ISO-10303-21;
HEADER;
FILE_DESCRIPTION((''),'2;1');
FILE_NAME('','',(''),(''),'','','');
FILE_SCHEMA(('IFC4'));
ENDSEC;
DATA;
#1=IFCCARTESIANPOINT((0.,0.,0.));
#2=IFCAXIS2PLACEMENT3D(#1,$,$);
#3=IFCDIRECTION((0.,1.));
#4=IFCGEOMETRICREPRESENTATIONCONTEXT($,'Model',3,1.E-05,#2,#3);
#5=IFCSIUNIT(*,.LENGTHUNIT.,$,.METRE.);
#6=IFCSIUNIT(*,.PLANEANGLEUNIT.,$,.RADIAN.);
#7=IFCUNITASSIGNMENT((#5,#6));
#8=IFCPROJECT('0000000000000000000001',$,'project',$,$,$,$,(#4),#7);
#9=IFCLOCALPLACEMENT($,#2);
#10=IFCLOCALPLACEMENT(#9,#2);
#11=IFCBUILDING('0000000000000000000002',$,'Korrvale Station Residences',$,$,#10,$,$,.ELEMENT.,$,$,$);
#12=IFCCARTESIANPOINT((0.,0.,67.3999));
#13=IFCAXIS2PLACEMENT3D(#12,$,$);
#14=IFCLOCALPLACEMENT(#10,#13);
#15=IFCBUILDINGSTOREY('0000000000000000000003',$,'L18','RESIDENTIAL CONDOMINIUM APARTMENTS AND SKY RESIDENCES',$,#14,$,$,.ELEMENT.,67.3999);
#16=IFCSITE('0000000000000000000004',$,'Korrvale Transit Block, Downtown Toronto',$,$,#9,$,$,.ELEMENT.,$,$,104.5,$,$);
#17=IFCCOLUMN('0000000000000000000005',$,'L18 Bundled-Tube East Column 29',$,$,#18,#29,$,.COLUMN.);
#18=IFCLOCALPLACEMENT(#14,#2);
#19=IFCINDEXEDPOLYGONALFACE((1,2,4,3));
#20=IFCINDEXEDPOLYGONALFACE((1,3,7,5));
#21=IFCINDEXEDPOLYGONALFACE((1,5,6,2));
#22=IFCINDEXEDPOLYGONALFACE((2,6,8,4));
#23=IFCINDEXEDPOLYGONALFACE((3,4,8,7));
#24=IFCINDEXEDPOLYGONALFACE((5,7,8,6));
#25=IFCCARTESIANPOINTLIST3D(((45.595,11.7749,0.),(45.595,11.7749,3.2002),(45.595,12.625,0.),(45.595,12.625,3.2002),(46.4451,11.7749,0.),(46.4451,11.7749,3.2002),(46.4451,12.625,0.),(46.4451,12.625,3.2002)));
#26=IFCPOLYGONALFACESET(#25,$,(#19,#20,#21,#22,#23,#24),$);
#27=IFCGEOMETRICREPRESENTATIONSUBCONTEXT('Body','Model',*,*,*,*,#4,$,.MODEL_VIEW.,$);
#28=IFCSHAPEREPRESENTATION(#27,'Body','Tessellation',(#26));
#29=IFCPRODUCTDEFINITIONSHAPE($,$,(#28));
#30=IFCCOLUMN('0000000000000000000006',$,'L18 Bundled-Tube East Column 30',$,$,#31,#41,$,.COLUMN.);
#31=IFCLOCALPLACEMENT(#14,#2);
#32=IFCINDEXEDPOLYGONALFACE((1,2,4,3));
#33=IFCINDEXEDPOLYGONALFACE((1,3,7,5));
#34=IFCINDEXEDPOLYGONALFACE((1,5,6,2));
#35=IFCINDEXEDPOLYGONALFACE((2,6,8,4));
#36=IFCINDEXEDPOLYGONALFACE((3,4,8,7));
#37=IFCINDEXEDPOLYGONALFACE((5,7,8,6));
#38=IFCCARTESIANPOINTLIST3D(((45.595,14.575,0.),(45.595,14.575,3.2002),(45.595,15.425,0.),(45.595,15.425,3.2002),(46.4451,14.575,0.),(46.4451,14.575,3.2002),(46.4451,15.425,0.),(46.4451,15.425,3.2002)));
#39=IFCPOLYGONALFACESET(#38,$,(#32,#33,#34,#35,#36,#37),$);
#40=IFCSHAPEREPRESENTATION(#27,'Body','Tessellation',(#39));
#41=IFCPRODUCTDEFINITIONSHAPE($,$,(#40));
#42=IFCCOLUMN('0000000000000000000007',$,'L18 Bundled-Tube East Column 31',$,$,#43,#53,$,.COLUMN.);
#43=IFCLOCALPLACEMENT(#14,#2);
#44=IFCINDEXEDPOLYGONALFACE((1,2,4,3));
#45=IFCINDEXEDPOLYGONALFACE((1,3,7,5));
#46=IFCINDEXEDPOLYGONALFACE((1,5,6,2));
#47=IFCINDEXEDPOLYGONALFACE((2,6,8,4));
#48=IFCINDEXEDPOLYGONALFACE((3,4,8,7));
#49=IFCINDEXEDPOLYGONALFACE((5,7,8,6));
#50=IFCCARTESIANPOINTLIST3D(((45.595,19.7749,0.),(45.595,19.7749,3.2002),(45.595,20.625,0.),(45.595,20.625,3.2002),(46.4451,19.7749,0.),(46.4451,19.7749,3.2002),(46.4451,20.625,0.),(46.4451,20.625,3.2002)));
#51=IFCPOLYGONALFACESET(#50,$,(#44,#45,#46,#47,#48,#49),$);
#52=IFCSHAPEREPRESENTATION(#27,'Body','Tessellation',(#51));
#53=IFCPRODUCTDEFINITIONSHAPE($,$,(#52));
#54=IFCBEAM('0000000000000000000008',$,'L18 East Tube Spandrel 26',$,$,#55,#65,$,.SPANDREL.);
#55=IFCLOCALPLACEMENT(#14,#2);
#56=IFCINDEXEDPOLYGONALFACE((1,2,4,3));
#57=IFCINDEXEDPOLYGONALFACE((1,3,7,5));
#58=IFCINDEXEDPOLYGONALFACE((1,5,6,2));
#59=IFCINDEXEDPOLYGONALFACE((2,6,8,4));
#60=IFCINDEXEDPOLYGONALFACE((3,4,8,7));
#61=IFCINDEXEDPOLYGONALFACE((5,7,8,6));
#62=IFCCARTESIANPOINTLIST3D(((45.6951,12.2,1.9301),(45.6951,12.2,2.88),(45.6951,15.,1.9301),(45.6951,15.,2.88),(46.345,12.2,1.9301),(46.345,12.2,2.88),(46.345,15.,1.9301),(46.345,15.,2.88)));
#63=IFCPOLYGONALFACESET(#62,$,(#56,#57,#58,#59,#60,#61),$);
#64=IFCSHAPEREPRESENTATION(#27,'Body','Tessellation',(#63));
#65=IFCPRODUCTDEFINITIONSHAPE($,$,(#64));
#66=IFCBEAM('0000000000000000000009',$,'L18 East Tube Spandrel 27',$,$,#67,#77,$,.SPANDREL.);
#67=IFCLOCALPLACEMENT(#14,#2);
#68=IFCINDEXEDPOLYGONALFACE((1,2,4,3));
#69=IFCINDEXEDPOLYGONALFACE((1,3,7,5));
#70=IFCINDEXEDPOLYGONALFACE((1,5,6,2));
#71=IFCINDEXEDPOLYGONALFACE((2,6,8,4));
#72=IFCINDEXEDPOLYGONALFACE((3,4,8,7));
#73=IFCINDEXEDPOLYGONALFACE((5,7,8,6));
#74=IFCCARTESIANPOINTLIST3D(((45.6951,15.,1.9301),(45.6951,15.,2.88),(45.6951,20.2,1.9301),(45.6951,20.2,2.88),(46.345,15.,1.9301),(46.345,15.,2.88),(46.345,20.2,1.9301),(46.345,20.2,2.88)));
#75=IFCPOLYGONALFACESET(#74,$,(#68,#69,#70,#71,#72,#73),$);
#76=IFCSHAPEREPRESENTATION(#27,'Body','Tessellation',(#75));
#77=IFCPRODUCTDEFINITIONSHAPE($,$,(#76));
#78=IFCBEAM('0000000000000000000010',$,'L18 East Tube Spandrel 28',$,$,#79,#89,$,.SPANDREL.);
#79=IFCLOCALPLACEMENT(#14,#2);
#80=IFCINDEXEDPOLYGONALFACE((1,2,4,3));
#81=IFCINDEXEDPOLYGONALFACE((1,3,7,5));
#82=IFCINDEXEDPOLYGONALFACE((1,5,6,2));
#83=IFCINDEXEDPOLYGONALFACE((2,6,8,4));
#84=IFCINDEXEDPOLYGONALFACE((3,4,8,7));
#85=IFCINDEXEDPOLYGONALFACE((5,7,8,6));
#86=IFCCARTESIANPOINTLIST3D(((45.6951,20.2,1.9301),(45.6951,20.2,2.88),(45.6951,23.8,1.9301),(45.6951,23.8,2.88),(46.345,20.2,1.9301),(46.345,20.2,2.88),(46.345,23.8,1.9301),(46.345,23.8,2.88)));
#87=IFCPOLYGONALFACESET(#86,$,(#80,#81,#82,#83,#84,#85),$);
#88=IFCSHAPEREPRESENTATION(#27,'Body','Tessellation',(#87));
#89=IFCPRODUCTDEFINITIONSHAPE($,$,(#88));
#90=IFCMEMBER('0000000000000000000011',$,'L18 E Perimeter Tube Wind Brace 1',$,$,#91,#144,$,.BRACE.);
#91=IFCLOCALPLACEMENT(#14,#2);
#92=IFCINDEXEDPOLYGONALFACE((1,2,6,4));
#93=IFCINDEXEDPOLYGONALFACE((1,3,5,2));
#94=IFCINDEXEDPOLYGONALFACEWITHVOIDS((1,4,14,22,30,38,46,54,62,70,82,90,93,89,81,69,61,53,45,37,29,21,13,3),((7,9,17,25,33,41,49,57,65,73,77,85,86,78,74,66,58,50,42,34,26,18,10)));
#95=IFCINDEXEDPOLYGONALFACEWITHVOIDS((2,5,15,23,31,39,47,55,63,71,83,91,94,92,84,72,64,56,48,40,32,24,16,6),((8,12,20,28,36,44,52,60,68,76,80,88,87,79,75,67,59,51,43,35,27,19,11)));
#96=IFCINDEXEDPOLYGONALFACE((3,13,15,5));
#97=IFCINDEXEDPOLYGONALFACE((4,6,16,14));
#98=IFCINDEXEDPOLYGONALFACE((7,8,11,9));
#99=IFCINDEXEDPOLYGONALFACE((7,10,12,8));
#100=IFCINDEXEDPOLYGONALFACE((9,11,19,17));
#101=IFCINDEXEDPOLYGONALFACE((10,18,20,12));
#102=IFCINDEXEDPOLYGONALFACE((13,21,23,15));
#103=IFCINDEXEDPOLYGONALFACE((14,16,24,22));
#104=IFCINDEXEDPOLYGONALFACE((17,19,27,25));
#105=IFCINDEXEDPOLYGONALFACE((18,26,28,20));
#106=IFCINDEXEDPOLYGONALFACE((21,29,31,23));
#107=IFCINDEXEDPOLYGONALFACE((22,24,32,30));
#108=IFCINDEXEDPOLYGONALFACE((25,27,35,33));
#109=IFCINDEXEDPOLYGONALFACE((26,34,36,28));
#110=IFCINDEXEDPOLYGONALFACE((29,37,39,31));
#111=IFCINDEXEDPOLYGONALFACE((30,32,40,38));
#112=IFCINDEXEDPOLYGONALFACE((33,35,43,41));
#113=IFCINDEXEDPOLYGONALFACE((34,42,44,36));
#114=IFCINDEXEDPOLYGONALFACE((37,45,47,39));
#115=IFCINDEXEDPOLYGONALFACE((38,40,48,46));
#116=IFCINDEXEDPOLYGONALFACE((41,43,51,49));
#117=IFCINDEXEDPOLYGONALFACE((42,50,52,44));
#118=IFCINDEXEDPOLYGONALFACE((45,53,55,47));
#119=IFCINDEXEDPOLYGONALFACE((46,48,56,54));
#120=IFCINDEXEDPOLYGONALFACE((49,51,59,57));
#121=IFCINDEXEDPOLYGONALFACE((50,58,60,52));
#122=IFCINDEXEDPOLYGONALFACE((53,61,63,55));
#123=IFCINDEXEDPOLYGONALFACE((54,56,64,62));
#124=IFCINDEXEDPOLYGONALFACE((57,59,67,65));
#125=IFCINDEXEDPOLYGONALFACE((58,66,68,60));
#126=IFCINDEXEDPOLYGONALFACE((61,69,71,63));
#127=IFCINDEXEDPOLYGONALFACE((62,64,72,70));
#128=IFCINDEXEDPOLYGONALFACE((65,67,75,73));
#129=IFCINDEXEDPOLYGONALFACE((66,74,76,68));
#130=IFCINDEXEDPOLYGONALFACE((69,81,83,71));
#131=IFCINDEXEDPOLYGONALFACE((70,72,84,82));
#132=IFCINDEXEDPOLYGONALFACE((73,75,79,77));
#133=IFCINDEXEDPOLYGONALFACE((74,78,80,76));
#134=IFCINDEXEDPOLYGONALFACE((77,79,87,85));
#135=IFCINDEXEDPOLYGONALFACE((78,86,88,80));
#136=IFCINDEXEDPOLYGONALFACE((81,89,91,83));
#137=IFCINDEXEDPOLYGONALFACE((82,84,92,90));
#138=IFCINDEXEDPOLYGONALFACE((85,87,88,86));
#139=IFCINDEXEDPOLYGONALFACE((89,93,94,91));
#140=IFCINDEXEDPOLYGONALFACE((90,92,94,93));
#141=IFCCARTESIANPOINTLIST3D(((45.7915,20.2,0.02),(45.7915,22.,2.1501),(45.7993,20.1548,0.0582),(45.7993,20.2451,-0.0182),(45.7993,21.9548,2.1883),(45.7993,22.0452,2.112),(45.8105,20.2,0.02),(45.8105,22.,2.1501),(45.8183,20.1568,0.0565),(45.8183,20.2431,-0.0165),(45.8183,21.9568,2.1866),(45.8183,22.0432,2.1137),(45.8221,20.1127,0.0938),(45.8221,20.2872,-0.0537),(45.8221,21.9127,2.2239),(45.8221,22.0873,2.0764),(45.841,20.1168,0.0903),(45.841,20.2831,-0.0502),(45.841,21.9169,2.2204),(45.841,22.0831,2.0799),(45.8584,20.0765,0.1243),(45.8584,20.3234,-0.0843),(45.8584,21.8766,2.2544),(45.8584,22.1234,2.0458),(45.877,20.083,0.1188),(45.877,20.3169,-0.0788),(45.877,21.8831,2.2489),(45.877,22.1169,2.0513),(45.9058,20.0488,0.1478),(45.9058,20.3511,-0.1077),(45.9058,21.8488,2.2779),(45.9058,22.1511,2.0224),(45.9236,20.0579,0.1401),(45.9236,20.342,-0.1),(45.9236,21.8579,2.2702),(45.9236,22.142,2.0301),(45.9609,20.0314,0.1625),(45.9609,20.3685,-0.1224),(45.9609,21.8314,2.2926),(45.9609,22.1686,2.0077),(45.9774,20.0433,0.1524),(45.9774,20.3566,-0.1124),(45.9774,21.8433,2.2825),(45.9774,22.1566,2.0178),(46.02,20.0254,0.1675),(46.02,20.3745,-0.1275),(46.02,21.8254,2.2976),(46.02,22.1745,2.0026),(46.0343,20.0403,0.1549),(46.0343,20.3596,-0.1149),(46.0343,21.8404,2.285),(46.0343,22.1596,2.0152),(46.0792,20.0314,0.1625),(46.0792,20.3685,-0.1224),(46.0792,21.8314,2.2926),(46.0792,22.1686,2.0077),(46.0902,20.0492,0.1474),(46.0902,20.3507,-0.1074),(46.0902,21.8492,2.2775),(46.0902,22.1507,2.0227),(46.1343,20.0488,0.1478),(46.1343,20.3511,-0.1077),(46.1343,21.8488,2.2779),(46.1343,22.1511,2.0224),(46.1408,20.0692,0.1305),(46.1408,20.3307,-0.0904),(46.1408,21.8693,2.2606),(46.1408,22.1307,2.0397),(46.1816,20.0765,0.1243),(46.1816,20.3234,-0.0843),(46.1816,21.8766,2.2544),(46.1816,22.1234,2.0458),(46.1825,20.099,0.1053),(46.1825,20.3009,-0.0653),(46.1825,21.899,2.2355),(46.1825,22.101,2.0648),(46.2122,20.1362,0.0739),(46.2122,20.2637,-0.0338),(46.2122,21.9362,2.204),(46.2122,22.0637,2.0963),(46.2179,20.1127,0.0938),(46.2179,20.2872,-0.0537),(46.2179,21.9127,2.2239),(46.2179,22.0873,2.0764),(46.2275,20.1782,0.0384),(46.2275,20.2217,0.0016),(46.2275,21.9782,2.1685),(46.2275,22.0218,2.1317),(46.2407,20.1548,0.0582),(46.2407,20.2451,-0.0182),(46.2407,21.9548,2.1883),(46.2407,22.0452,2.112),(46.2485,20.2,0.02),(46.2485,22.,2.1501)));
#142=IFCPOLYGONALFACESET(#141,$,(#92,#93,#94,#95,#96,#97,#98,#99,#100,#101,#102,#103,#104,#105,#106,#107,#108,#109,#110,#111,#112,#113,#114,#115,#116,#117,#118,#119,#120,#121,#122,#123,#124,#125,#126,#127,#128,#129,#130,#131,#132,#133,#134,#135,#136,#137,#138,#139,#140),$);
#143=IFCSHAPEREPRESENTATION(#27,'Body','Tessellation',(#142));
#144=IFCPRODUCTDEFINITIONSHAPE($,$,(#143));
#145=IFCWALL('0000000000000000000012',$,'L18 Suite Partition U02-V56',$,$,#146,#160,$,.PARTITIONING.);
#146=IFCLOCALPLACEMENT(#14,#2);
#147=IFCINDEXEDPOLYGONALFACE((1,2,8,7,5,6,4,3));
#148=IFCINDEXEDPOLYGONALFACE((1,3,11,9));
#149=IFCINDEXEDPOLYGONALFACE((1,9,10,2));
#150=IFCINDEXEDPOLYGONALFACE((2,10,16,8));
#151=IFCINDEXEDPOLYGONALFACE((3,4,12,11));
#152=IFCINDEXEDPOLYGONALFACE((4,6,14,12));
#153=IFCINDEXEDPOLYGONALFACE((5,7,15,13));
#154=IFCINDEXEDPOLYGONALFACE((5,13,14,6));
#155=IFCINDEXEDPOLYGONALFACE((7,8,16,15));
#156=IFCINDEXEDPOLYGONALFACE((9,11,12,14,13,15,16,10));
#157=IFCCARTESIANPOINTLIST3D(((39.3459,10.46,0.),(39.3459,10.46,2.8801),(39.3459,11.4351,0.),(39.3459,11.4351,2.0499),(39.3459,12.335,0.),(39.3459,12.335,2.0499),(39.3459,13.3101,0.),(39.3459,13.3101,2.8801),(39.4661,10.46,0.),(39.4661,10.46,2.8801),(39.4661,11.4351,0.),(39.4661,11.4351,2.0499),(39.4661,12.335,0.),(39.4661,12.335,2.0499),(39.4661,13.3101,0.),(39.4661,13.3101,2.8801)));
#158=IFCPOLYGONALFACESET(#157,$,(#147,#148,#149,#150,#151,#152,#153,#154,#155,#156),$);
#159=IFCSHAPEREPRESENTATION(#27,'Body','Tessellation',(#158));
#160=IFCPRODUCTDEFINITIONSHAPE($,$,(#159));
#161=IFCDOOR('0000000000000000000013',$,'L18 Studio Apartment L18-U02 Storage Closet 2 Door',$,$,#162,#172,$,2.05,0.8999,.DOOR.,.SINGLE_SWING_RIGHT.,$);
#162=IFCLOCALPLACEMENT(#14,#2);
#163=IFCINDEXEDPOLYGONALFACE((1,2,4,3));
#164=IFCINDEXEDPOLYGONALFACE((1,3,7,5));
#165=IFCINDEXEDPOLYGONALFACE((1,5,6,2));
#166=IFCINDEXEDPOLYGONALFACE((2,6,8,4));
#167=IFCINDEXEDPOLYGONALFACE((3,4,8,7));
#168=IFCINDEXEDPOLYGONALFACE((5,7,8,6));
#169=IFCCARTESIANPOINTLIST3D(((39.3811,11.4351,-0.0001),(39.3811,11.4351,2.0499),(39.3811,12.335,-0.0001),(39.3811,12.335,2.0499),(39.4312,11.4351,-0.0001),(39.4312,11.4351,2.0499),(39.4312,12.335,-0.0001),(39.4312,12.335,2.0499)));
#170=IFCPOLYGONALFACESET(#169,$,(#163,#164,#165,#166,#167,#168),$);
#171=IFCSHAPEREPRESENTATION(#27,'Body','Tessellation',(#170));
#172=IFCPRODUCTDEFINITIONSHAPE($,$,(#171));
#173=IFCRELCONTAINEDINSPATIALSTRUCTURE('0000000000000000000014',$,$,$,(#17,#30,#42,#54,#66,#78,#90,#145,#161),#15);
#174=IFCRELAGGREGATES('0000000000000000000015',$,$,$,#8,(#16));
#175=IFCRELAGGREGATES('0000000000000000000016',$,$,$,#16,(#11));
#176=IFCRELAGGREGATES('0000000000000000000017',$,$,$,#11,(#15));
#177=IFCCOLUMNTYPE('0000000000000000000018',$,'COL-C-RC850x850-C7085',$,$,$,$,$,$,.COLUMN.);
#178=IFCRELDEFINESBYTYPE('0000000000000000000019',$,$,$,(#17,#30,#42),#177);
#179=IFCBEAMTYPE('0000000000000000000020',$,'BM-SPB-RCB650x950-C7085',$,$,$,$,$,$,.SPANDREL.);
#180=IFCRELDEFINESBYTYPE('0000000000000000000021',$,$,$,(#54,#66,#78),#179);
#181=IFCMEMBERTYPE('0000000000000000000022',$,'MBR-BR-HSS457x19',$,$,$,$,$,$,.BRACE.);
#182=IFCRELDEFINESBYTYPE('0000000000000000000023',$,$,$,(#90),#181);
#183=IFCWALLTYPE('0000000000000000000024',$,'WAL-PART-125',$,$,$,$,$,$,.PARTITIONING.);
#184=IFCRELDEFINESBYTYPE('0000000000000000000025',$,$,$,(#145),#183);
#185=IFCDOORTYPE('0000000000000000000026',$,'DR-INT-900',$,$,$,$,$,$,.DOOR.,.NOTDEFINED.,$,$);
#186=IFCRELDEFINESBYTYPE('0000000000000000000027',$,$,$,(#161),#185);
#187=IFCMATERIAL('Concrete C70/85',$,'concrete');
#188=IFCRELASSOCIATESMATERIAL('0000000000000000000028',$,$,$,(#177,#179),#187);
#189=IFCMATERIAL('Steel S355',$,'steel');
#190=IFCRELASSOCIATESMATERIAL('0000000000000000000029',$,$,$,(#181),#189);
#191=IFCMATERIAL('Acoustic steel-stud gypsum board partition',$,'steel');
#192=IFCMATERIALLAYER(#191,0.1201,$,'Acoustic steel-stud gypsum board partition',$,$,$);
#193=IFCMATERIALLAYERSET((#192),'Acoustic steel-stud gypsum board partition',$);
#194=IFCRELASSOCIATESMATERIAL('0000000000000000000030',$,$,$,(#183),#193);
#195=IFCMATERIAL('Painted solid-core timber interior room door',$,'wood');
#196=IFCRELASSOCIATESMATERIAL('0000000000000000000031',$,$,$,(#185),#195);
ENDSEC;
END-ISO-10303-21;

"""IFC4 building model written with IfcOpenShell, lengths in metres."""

from ifc_helpers import new_model, si_unit, direction, frame, frame_2d, origin, origin_2d, place, context, subcontext, project, spatial, rectangle, hollow_circle, extrude, material, layer, layer_set, material_profile, profile_set, type_object, element, fill, save


model = new_model("IFC4")

# Units and contexts
model_context = context("Model", 3, precision=1e-05, world=origin(), true_north=direction((0.0, 1.0)))
body_context = subcontext(model_context, "Body", "Model", "MODEL_VIEW")
ifc_project = project(units=[si_unit("LENGTHUNIT", "METRE"), si_unit("PLANEANGLEUNIT", "RADIAN")], contexts=[model_context])

# Site, building, storey
site_placement = place(None, origin())
site = spatial("IfcSite", under=ifc_project, at=site_placement, Name="Korrvale Transit Block, Downtown Toronto", CompositionType="ELEMENT", RefElevation=104.5)
building_placement = place(site_placement, origin())
building = spatial("IfcBuilding", under=site, at=building_placement, Name="Korrvale Station Residences", CompositionType="ELEMENT")
storey_placement = place(building_placement, frame((0.0, 0.0, 67.3999)))
storey = spatial("IfcBuildingStorey", under=building, at=storey_placement, Name="L18", Description="RESIDENTIAL CONDOMINIUM APARTMENTS AND SKY RESIDENCES", CompositionType="ELEMENT", Elevation=67.3999)

# Columns
ifc_material_1 = material(Name="Concrete C70/85", Category="concrete")
ifc_material_profile_1 = material_profile(ifc_material_1, rectangle(XDim=0.8501, YDim=0.8501, at=origin_2d()), Name="RC850x850")
ifc_profile_set_1 = profile_set([ifc_material_profile_1], Name="Concrete C70/85")
column_type = type_object("IfcColumnType", Name="COL-C-RC850x850-C7085", PredefinedType="COLUMN", material=ifc_profile_set_1)
for number, where, z_axis, x_axis, name in (
    (1, (46.02, 12.2, 0.0), (0.0, 0.0, 1.0), (1.0, 0.0, 0.0), "L18 Bundled-Tube East Column 29"),
    (2, (46.02, 15.0, 0.0), (0.0, 0.0, 1.0), (1.0, 0.0, 0.0), "L18 Bundled-Tube East Column 30"),
    (3, (46.02, 20.2, 0.0), (0.0, 0.0, 1.0), (1.0, 0.0, 0.0), "L18 Bundled-Tube East Column 31"),
):
    element("IfcColumn", number, at=place(storey_placement, frame(where, z_axis=z_axis, x_axis=x_axis)), inside=storey, type_object=column_type, Name=name, PredefinedType="COLUMN", context=body_context, shape_type="SweptSolid", body=[
        extrude(rectangle(XDim=0.8501, YDim=0.8501, at=origin_2d()), origin(), (0.0, 0.0, 1.0), 3.2002),
    ])

# Beams
ifc_material_profile_2 = material_profile(ifc_material_1, rectangle(XDim=0.6499, YDim=0.95, at=origin_2d()), Name="RCB650x950")
ifc_profile_set_2 = profile_set([ifc_material_profile_2], Name="Concrete C70/85")
beam_type = type_object("IfcBeamType", Name="BM-SPB-RCB650x950-C7085", PredefinedType="SPANDREL", material=ifc_profile_set_2)
beam_1_placement = place(storey_placement, frame((46.02, 12.2, 2.405), z_axis=(0.0, 1.0, 0.0), x_axis=(-1.0, 0.0, 0.0)))
element("IfcBeam", 4, at=beam_1_placement, inside=storey, type_object=beam_type, Name="L18 East Tube Spandrel 26", PredefinedType="SPANDREL", context=body_context, shape_type="SweptSolid", body=[
    extrude(rectangle(XDim=0.6499, YDim=0.95, at=origin_2d()), origin(), (0.0, 0.0, 1.0), 2.8),
])
beam_2_placement = place(storey_placement, frame((46.02, 15.0, 2.405), z_axis=(0.0, 1.0, 0.0), x_axis=(-1.0, 0.0, 0.0)))
element("IfcBeam", 5, at=beam_2_placement, inside=storey, type_object=beam_type, Name="L18 East Tube Spandrel 27", PredefinedType="SPANDREL", context=body_context, shape_type="SweptSolid", body=[
    extrude(rectangle(XDim=0.6499, YDim=0.95, at=origin_2d()), origin(), (0.0, 0.0, 1.0), 5.2),
])
beam_3_placement = place(storey_placement, frame((46.02, 20.2, 2.405), z_axis=(0.0, 1.0, 0.0), x_axis=(-1.0, 0.0, 0.0)))
element("IfcBeam", 6, at=beam_3_placement, inside=storey, type_object=beam_type, Name="L18 East Tube Spandrel 28", PredefinedType="SPANDREL", context=body_context, shape_type="SweptSolid", body=[
    extrude(rectangle(XDim=0.6499, YDim=0.95, at=origin_2d()), origin(), (0.0, 0.0, 1.0), 3.6001),
])

# Member
ifc_material_2 = material(Name="Steel S355", Category="steel")
ifc_material_profile_3 = material_profile(ifc_material_2, hollow_circle(Radius=0.2285, WallThickness=0.019, at=origin_2d()), Name="HSS457x19")
ifc_profile_set_3 = profile_set([ifc_material_profile_3], Name="Steel S355")
member_type = type_object("IfcMemberType", Name="MBR-BR-HSS457x19", PredefinedType="BRACE", material=ifc_profile_set_3)
member_placement = place(storey_placement, frame((46.02, 20.2, 0.02), z_axis=(0.0, 0.645448, 0.763805), x_axis=(-1.0, 0.0, 0.0)))
element("IfcMember", 7, at=member_placement, inside=storey, type_object=member_type, Name="L18 E Perimeter Tube Wind Brace 1", PredefinedType="BRACE", context=body_context, shape_type="SweptSolid", body=[
    extrude(hollow_circle(Radius=0.2285, WallThickness=0.019, at=origin_2d()), origin(), (0.0, 0.0, 1.0), 2.7888),
])

# Wall, opening, door
ifc_material_3 = material(Name="Acoustic steel-stud gypsum board partition", Category="steel")
ifc_layer_1 = layer(ifc_material_3, 0.1201, Name="Acoustic steel-stud gypsum board partition")
ifc_layer_set_1 = layer_set([ifc_layer_1], Name="Acoustic steel-stud gypsum board partition")
wall_type_1 = type_object("IfcWallType", Name="WAL-PART-125", PredefinedType="PARTITIONING", material=ifc_layer_set_1)
wall_1_placement = place(storey_placement, frame((39.406, 10.46, 0.0), z_axis=(0.0, 0.0, 1.0), x_axis=(0.0, 1.0, 0.0)))
wall_1 = element("IfcWall", 8, at=wall_1_placement, inside=storey, type_object=wall_type_1, Name="L18 Suite Partition U02-V56", PredefinedType="PARTITIONING", context=body_context, shape_type="SweptSolid", body=[
    extrude(rectangle(XDim=2.8501, YDim=0.1201, at=frame_2d((1.425, 0.0))), origin(), (0.0, 0.0, 1.0), 2.8801),
])
opening_1_placement = place(wall_1_placement, frame((0.9751, 0.0, 0.0)))
opening_1 = element("IfcOpeningElement", 9, at=opening_1_placement, cuts=wall_1, PredefinedType="OPENING", context=body_context, shape_type="SweptSolid", body=[
    extrude(rectangle(XDim=0.8999, YDim=2.05, at=frame_2d((0.45, 1.0249))), frame((0.0, 0.0701, 0.0), z_axis=(0.0, -1.0, 0.0), x_axis=(1.0, 0.0, 0.0)), (0.0, 0.0, 1.0), 0.1401),
])
ifc_material_4 = material(Name="Painted solid-core timber interior room door", Category="wood")
door_type = type_object("IfcDoorType", Name="DR-INT-900", OperationType="NOTDEFINED", PredefinedType="DOOR", material=ifc_material_4)
door_1_placement = place(opening_1_placement, origin())
door_1 = element("IfcDoor", 10, at=door_1_placement, inside=storey, type_object=door_type, Name="L18 Studio Apartment L18-U02 Storage Closet 2 Door", OperationType="SINGLE_SWING_RIGHT", OverallHeight=2.05, OverallWidth=0.8999, PredefinedType="DOOR", context=body_context, shape_type="SweptSolid", body=[
    extrude(rectangle(XDim=0.8999, YDim=2.05, at=frame_2d((0.45, 1.0249))), frame((0.0, 0.0249, 0.0), z_axis=(0.0, -1.0, 0.0), x_axis=(1.0, 0.0, 0.0)), (0.0, 0.0, 1.0), 0.05),
])
fill(opening_1, door_1)

save(model, "model.ifc")
